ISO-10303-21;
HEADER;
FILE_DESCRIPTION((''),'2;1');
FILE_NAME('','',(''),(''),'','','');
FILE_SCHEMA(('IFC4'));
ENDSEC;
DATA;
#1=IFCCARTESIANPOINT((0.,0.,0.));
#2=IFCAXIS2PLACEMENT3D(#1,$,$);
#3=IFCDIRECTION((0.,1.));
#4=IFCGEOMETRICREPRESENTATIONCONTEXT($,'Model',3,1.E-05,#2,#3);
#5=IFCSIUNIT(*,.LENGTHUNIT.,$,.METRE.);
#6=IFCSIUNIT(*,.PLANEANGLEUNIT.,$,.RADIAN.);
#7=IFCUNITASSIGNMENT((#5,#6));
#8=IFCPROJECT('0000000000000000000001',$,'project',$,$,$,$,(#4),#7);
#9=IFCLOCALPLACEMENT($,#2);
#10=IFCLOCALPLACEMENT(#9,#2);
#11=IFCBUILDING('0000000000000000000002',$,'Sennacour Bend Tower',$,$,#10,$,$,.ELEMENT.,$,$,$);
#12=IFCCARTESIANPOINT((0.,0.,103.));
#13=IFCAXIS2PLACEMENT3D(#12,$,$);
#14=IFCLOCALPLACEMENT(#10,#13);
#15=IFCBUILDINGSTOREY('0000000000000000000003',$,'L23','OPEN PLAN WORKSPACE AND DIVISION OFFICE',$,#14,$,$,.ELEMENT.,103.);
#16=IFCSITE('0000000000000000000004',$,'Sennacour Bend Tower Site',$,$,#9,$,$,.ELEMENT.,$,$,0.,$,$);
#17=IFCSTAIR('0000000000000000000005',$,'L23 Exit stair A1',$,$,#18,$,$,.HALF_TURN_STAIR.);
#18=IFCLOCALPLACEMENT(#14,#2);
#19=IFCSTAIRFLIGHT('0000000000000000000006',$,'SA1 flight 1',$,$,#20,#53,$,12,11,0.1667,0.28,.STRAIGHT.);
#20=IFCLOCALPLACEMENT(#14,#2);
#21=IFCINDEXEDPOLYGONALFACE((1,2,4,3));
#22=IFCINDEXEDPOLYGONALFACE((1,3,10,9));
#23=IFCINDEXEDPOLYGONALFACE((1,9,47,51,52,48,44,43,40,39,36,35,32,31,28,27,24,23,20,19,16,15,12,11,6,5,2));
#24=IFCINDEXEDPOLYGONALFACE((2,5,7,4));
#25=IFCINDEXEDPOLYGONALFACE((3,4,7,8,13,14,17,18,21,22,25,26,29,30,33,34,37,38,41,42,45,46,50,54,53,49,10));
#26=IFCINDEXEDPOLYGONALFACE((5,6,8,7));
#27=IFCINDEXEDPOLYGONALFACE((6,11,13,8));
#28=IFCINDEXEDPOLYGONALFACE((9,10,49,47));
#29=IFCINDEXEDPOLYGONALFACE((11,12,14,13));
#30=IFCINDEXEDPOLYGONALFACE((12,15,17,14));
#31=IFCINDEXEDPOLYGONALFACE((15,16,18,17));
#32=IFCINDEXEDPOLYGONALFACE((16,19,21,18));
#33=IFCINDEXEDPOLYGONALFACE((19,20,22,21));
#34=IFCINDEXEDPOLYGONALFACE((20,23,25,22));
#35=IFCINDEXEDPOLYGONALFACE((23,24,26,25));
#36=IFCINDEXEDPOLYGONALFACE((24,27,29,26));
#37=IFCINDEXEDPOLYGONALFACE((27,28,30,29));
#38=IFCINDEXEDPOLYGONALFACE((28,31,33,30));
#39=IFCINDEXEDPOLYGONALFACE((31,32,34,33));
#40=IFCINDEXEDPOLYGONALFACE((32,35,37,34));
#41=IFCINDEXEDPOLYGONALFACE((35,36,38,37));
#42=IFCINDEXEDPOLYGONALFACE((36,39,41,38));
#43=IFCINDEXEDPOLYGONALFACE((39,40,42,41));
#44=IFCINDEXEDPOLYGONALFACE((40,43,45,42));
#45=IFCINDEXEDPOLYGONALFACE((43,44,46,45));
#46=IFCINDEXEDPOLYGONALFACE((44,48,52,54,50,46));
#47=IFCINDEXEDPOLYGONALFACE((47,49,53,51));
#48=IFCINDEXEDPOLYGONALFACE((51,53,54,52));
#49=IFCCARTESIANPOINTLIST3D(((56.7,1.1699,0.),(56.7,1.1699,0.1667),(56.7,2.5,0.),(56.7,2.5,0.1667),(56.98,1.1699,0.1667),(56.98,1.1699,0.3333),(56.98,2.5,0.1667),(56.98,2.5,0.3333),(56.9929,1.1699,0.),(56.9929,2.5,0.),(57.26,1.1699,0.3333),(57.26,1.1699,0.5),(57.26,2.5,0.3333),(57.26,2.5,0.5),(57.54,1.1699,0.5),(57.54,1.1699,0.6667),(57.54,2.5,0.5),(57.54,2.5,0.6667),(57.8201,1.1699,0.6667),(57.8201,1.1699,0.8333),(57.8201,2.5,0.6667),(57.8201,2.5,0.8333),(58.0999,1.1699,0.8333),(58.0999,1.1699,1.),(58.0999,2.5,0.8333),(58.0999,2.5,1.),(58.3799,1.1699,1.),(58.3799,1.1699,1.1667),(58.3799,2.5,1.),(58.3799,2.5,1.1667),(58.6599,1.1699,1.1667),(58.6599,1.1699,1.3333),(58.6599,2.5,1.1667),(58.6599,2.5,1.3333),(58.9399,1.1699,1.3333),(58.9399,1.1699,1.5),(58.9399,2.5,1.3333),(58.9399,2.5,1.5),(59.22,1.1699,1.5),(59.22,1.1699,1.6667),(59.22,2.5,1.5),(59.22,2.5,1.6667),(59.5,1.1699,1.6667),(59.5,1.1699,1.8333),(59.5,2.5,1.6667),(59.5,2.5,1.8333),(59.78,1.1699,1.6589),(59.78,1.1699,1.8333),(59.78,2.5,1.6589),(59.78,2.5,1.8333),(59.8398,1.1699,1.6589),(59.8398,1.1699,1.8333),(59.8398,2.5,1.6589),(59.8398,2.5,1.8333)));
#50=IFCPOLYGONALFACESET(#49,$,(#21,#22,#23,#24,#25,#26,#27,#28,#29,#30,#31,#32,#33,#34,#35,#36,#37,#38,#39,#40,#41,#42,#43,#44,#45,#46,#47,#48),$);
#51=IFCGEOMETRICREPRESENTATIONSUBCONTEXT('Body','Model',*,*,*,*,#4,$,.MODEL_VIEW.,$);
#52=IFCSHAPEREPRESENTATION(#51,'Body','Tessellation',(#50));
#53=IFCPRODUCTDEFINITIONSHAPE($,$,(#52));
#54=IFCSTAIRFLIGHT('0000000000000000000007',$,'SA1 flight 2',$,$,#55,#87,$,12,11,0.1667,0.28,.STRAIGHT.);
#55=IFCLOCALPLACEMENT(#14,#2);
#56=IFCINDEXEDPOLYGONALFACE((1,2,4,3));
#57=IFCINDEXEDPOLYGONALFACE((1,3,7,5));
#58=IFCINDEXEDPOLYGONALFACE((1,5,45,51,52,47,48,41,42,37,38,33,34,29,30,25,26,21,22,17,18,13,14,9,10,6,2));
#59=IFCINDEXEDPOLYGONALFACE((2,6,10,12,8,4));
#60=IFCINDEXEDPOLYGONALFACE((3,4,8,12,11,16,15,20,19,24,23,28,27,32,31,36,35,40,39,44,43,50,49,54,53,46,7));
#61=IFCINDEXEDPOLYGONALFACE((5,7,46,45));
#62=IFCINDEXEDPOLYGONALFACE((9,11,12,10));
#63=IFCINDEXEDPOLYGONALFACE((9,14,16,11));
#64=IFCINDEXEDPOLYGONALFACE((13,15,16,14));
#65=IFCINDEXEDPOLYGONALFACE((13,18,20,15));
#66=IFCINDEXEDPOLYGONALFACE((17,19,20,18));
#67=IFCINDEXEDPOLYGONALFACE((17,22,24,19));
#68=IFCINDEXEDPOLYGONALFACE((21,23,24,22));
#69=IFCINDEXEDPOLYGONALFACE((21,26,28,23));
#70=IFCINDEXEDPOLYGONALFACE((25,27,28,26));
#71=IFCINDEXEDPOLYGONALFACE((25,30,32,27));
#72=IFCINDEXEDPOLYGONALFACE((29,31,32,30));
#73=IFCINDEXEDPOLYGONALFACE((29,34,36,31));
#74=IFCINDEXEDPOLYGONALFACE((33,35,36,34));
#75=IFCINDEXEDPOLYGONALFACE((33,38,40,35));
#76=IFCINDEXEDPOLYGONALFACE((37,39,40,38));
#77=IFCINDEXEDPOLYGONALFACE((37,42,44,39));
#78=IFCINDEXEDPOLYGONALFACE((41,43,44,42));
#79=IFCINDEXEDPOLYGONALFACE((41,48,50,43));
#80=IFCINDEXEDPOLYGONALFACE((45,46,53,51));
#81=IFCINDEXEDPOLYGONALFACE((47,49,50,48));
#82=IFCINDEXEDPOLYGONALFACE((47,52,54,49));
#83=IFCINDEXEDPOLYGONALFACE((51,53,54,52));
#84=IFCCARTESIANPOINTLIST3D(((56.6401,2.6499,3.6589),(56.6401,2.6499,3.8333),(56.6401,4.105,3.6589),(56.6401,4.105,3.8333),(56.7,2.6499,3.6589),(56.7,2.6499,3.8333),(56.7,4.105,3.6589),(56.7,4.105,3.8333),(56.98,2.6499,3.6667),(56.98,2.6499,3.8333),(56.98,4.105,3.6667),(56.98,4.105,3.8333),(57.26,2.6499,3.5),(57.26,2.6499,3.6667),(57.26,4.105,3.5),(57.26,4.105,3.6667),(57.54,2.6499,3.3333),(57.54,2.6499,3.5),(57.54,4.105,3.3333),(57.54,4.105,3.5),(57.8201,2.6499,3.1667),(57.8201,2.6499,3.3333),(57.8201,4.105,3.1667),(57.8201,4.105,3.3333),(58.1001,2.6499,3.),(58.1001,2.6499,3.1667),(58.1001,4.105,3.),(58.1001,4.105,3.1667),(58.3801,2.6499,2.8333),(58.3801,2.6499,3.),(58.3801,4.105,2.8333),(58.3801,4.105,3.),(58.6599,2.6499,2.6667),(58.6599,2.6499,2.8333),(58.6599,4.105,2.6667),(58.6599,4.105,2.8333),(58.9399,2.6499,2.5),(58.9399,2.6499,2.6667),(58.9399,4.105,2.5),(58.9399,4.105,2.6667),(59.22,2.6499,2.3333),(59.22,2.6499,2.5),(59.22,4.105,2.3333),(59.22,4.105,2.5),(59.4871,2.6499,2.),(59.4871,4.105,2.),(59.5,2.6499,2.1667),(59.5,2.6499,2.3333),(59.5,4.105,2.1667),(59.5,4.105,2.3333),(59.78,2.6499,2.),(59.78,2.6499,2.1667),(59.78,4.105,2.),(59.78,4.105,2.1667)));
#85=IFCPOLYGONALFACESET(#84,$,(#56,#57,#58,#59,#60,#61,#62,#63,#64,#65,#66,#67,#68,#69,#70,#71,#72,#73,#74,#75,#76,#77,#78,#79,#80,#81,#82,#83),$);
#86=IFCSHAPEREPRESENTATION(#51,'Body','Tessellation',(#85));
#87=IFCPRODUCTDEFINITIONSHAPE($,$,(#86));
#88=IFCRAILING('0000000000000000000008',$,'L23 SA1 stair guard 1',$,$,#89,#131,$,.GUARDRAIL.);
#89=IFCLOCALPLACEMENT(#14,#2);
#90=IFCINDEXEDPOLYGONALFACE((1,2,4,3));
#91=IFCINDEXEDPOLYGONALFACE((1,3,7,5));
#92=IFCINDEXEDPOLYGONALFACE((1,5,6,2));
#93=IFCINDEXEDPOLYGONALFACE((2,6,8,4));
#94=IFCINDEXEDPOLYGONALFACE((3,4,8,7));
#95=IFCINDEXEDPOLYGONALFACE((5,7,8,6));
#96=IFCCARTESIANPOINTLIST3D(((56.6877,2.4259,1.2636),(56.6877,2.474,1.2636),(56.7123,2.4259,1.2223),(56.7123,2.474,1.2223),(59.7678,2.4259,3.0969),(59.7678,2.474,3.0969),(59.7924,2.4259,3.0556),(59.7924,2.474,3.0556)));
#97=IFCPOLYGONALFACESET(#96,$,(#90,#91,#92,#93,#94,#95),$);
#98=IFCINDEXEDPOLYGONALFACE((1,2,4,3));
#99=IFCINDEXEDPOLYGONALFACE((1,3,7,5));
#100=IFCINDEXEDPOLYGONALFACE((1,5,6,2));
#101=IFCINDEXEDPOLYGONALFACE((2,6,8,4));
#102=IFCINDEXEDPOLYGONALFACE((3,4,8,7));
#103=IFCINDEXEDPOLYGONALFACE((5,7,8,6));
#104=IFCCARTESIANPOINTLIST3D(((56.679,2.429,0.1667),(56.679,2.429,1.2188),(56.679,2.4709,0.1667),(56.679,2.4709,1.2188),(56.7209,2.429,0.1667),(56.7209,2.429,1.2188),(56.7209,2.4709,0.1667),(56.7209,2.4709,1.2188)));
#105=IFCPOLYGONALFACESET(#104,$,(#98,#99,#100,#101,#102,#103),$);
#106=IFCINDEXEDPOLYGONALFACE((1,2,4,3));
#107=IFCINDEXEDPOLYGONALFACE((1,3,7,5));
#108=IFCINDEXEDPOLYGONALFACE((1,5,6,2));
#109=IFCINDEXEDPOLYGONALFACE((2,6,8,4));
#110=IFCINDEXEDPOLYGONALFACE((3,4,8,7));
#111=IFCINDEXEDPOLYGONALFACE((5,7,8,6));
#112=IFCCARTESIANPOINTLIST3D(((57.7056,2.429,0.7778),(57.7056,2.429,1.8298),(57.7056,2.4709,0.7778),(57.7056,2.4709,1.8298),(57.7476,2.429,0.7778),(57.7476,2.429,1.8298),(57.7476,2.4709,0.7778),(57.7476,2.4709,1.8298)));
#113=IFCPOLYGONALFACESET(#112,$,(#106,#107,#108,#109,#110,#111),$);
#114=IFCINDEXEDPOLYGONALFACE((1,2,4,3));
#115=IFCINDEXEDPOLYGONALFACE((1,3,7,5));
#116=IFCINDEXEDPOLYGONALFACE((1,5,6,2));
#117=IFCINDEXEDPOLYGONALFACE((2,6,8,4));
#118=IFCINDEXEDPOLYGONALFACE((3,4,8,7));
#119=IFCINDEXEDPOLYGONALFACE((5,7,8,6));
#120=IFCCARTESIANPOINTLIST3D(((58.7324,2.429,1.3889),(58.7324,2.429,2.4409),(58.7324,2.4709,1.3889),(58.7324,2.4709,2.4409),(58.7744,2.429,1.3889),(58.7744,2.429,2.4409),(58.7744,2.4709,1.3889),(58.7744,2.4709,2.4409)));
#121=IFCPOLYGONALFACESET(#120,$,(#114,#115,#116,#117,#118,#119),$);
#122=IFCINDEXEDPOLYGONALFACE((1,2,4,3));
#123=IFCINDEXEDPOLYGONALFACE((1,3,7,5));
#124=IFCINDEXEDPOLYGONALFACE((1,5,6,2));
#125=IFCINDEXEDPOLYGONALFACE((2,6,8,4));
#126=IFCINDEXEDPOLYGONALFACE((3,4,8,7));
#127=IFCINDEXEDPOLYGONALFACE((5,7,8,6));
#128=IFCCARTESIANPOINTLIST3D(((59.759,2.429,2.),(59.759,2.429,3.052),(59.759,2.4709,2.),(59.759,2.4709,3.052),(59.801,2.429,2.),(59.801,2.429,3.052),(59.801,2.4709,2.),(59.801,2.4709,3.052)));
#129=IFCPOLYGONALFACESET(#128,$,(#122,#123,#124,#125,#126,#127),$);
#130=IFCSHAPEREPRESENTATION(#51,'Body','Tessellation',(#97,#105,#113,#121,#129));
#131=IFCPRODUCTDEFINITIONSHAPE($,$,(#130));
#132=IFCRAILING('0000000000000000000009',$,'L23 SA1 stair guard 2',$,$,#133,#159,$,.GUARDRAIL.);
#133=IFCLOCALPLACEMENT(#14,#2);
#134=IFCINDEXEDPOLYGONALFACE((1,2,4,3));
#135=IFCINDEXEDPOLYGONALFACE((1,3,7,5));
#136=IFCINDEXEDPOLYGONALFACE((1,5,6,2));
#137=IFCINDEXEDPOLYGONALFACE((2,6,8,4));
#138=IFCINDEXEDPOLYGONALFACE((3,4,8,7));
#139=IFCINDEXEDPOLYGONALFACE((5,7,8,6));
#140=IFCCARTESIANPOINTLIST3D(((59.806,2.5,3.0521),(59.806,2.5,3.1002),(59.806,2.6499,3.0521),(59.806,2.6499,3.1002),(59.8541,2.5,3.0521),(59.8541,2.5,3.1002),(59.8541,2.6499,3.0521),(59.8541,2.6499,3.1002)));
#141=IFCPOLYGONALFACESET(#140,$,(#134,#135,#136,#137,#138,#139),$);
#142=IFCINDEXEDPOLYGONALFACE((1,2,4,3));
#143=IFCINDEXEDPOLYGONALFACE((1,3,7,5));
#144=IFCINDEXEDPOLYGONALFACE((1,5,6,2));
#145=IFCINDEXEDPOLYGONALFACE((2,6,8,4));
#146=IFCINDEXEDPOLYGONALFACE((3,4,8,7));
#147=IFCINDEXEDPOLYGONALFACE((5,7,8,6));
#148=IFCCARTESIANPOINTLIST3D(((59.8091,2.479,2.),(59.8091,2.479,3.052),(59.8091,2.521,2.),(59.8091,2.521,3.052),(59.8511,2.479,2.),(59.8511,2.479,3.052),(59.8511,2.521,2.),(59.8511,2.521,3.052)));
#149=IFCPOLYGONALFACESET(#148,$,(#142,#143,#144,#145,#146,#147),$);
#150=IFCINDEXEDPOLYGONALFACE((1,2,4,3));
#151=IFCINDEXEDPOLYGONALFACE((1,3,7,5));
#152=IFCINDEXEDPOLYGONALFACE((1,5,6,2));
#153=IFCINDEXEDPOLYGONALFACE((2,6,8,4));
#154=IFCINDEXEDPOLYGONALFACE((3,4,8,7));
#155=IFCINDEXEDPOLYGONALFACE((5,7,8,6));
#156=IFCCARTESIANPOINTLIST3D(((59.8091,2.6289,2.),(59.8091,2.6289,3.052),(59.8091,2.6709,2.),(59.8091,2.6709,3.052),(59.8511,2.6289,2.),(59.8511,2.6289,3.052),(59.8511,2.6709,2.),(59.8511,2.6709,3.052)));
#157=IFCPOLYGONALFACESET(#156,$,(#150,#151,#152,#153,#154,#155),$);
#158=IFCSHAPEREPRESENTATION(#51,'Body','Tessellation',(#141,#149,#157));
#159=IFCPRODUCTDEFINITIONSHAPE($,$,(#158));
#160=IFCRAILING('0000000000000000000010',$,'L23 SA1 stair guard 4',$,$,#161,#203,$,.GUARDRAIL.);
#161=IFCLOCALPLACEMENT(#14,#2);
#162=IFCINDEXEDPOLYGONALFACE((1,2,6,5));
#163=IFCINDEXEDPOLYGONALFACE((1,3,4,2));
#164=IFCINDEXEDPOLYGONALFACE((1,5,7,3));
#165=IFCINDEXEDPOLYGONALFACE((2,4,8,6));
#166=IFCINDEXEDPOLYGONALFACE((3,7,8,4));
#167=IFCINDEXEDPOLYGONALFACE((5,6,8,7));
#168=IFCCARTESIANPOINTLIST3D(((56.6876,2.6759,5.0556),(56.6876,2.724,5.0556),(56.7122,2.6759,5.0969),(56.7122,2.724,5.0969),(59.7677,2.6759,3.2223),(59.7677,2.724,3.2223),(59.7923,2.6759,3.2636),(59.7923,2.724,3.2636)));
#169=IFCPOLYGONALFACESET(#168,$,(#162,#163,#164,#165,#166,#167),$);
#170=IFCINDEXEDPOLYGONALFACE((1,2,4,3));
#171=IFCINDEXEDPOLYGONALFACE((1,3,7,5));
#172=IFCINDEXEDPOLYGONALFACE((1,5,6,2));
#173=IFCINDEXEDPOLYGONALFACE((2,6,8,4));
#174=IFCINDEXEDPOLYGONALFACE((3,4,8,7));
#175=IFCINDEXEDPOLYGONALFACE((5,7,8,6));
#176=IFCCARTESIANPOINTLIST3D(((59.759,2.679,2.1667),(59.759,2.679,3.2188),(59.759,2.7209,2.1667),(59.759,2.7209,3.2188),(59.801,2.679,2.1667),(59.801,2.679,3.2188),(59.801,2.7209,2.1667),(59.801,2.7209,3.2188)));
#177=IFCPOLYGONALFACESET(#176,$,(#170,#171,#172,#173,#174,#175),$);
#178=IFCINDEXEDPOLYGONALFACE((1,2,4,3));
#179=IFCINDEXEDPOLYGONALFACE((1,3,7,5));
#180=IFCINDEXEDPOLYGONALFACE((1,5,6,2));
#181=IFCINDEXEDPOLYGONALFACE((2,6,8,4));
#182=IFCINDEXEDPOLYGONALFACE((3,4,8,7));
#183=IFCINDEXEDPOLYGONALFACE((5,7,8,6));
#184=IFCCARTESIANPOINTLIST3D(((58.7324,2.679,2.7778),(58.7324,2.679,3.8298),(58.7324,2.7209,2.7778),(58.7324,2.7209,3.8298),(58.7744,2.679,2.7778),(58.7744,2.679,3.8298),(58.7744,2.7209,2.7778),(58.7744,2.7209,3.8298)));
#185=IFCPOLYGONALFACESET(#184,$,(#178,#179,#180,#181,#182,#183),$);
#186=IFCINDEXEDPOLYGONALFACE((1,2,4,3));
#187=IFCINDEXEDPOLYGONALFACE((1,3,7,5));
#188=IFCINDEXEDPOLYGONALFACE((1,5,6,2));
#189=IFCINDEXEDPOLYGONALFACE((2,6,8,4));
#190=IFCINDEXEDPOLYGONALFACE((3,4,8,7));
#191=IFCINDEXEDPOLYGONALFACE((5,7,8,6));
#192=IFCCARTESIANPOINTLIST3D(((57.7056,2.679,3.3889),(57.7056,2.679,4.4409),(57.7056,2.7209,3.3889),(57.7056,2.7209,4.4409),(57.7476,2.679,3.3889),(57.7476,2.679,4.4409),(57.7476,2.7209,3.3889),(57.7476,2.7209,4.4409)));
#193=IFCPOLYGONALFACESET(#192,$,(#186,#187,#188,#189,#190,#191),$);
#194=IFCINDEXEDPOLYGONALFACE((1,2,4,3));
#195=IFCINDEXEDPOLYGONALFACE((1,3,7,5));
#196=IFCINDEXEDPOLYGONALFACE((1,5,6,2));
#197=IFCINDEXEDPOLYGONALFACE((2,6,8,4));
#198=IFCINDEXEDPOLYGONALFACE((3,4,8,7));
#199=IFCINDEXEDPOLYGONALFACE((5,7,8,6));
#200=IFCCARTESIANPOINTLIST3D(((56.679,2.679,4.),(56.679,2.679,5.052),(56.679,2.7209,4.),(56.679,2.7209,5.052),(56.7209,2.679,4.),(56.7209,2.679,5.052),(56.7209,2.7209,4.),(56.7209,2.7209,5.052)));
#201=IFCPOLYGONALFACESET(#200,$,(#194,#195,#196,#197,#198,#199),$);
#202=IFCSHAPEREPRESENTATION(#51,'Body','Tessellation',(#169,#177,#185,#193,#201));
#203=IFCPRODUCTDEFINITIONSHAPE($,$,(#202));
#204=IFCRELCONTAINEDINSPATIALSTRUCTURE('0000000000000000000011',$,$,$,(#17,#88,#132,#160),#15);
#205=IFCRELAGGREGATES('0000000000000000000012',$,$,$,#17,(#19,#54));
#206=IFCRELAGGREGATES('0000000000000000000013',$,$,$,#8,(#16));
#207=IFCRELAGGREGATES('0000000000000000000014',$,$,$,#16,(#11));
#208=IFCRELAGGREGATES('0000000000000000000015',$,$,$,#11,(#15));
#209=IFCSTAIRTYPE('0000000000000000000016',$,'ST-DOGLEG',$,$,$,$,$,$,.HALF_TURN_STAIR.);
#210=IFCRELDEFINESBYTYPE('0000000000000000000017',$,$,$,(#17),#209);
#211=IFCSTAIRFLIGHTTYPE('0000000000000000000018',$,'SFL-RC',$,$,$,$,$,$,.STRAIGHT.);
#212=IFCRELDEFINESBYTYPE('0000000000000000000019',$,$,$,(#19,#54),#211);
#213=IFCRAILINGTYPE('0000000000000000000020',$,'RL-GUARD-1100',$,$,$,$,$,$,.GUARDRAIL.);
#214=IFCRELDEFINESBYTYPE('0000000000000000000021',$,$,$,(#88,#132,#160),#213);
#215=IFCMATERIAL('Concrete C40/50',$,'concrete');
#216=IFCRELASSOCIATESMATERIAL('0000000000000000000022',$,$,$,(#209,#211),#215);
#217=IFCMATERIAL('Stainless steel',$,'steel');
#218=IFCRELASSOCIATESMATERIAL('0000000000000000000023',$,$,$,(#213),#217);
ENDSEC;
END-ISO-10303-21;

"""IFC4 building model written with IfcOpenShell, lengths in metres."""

from ifc_helpers import new_model, si_unit, direction, frame, origin, origin_2d, place, context, subcontext, project, spatial, polyline, rectangle, outline, extrude, material, type_object, element, aggregate, save


model = new_model("IFC4")

# Units and contexts
model_context = context("Model", 3, precision=1e-05, world=origin(), true_north=direction((0.0, 1.0)))
body_context = subcontext(model_context, "Body", "Model", "MODEL_VIEW")
ifc_project = project(units=[si_unit("LENGTHUNIT", "METRE"), si_unit("PLANEANGLEUNIT", "RADIAN")], contexts=[model_context])

# Site, building, storey
site_placement = place(None, origin())
site = spatial("IfcSite", under=ifc_project, at=site_placement, Name="Sennacour Bend Tower Site", CompositionType="ELEMENT", RefElevation=0.0)
building_placement = place(site_placement, origin())
building = spatial("IfcBuilding", under=site, at=building_placement, Name="Sennacour Bend Tower", CompositionType="ELEMENT")
storey_placement = place(building_placement, frame((0.0, 0.0, 103.0)))
storey = spatial("IfcBuildingStorey", under=building, at=storey_placement, Name="L23", Description="OPEN PLAN WORKSPACE AND DIVISION OFFICE", CompositionType="ELEMENT", Elevation=103.0)

# Shared definitions
ifc_material_1 = material(Name="Stainless steel", Category="steel")

# Stair, stair flights
ifc_material_2 = material(Name="Concrete C40/50", Category="concrete")
stair_type = type_object("IfcStairType", Name="ST-DOGLEG", PredefinedType="HALF_TURN_STAIR", material=ifc_material_2)
stair_placement = place(storey_placement, origin())
stair = element("IfcStair", 1, at=stair_placement, inside=storey, type_object=stair_type, Name="L23 Exit stair A1", PredefinedType="HALF_TURN_STAIR")
stair_flight_type = type_object("IfcStairFlightType", Name="SFL-RC", PredefinedType="STRAIGHT", material=ifc_material_2)
stair_flight_1_placement = place(storey_placement, frame((56.7, 1.835, 0.0), z_axis=(0.0, 0.0, 1.0), x_axis=(1.0, 0.0, 0.0)))
stair_flight_1 = element("IfcStairFlight", 2, at=stair_flight_1_placement, type_object=stair_flight_type, Name="SA1 flight 1", NumberOfRisers=12, NumberOfTreads=11, PredefinedType="STRAIGHT", RiserHeight=0.1667, TreadLength=0.28, context=body_context, shape_type="SweptSolid", body=[
    extrude(outline(polyline([(0.0, 0.0), (0.0, 0.1667), (0.28, 0.1667), (0.28, 0.3333), (0.5601, 0.3333), (0.5601, 0.5), (0.8401, 0.5), (0.8401, 0.6667), (1.1201, 0.6667), (1.1201, 0.8333), (1.3999, 0.8333), (1.3999, 1.0), (1.6799, 1.0), (1.6799, 1.1667), (1.96, 1.1667), (1.96, 1.3333), (2.24, 1.3333), (2.24, 1.5), (2.52, 1.5), (2.52, 1.6667), (2.8, 1.6667), (2.8, 1.8333), (3.0801, 1.8333), (3.1399, 1.8333), (3.1399, 1.6589), (3.0801, 1.6589), (0.293, 0.0), (0.0, 0.0)])), frame((0.0, 0.665, 0.0), z_axis=(0.0, -1.0, 0.0), x_axis=(1.0, 0.0, 0.0)), (0.0, 0.0, 1.0), 1.3301),
])
stair_flight_2_placement = place(storey_placement, frame((59.78, 3.3774, 2.0), z_axis=(0.0, 0.0, 1.0), x_axis=(-1.0, 0.0, 0.0)))
stair_flight_2 = element("IfcStairFlight", 3, at=stair_flight_2_placement, type_object=stair_flight_type, Name="SA1 flight 2", NumberOfRisers=12, NumberOfTreads=11, PredefinedType="STRAIGHT", RiserHeight=0.1667, TreadLength=0.28, context=body_context, shape_type="SweptSolid", body=[
    extrude(outline(polyline([(0.0, 0.0), (0.0, 0.1667), (0.28, 0.1667), (0.28, 0.3333), (0.5601, 0.3333), (0.5601, 0.5), (0.8401, 0.5), (0.8401, 0.6667), (1.1201, 0.6667), (1.1201, 0.8333), (1.3999, 0.8333), (1.3999, 1.0), (1.6799, 1.0), (1.6799, 1.1667), (1.96, 1.1667), (1.96, 1.3333), (2.24, 1.3333), (2.24, 1.5), (2.52, 1.5), (2.52, 1.6667), (2.8, 1.6667), (2.8, 1.8333), (3.0801, 1.8333), (3.1399, 1.8333), (3.1399, 1.6589), (3.0801, 1.6589), (0.293, 0.0), (0.0, 0.0)])), frame((0.0, 0.7275, 0.0), z_axis=(0.0, -1.0, 0.0), x_axis=(1.0, 0.0, 0.0)), (0.0, 0.0, 1.0), 1.4551),
])
aggregate(stair, [stair_flight_1, stair_flight_2])

# Railings
railing_type_1 = type_object("IfcRailingType", Name="RL-GUARD-1100", PredefinedType="GUARDRAIL", material=ifc_material_1)
railing_1_placement = place(storey_placement, frame((56.7, 2.45, 0.1667)))
element("IfcRailing", 4, at=railing_1_placement, inside=storey, type_object=railing_type_1, Name="L23 SA1 stair guard 1", PredefinedType="GUARDRAIL", context=body_context, shape_type="SweptSolid", body=[
    extrude(rectangle(XDim=0.0481, YDim=0.0481, at=origin_2d()), frame((0.0, 0.0, 1.0762), z_axis=(0.859309, 0.0, 0.511458), x_axis=(0.0, 1.0, 0.0)), (0.0, 0.0, 1.0), 3.5845),
    extrude(rectangle(XDim=0.042, YDim=0.042, at=origin_2d()), origin(), (0.0, 0.0, 1.0), 1.052),
    extrude(rectangle(XDim=0.042, YDim=0.042, at=origin_2d()), frame((1.0266, 0.0, 0.6111)), (0.0, 0.0, 1.0), 1.052),
    extrude(rectangle(XDim=0.042, YDim=0.042, at=origin_2d()), frame((2.0535, 0.0, 1.2222)), (0.0, 0.0, 1.0), 1.052),
    extrude(rectangle(XDim=0.042, YDim=0.042, at=origin_2d()), frame((3.0801, 0.0, 1.8333)), (0.0, 0.0, 1.0), 1.052),
])
railing_2_placement = place(storey_placement, frame((59.8301, 2.5, 2.0)))
element("IfcRailing", 5, at=railing_2_placement, inside=storey, type_object=railing_type_1, Name="L23 SA1 stair guard 2", PredefinedType="GUARDRAIL", context=body_context, shape_type="SweptSolid", body=[
    extrude(rectangle(XDim=0.0481, YDim=0.0481, at=origin_2d()), frame((0.0, 0.0, 1.0762), z_axis=(0.0, 1.0, 0.0), x_axis=(-1.0, 0.0, 0.0)), (0.0, 0.0, 1.0), 0.1499),
    extrude(rectangle(XDim=0.042, YDim=0.042, at=origin_2d()), origin(), (0.0, 0.0, 1.0), 1.052),
    extrude(rectangle(XDim=0.042, YDim=0.042, at=origin_2d()), frame((0.0, 0.1499, 0.0)), (0.0, 0.0, 1.0), 1.052),
])
railing_3_placement = place(storey_placement, frame((59.78, 2.7, 2.1667)))
element("IfcRailing", 6, at=railing_3_placement, inside=storey, type_object=railing_type_1, Name="L23 SA1 stair guard 4", PredefinedType="GUARDRAIL", context=body_context, shape_type="SweptSolid", body=[
    extrude(rectangle(XDim=0.0481, YDim=0.0481, at=origin_2d()), frame((0.0, 0.0, 1.0762), z_axis=(-0.859309, 0.0, 0.511458), x_axis=(0.0, -1.0, 0.0)), (0.0, 0.0, 1.0), 3.5845),
    extrude(rectangle(XDim=0.042, YDim=0.042, at=origin_2d()), origin(), (0.0, 0.0, 1.0), 1.052),
    extrude(rectangle(XDim=0.042, YDim=0.042, at=origin_2d()), frame((-1.0266, 0.0, 0.6111)), (0.0, 0.0, 1.0), 1.052),
    extrude(rectangle(XDim=0.042, YDim=0.042, at=origin_2d()), frame((-2.0535, 0.0, 1.2222)), (0.0, 0.0, 1.0), 1.052),
    extrude(rectangle(XDim=0.042, YDim=0.042, at=origin_2d()), frame((-3.0801, 0.0, 1.8333)), (0.0, 0.0, 1.0), 1.052),
])

save(model, "model.ifc")
